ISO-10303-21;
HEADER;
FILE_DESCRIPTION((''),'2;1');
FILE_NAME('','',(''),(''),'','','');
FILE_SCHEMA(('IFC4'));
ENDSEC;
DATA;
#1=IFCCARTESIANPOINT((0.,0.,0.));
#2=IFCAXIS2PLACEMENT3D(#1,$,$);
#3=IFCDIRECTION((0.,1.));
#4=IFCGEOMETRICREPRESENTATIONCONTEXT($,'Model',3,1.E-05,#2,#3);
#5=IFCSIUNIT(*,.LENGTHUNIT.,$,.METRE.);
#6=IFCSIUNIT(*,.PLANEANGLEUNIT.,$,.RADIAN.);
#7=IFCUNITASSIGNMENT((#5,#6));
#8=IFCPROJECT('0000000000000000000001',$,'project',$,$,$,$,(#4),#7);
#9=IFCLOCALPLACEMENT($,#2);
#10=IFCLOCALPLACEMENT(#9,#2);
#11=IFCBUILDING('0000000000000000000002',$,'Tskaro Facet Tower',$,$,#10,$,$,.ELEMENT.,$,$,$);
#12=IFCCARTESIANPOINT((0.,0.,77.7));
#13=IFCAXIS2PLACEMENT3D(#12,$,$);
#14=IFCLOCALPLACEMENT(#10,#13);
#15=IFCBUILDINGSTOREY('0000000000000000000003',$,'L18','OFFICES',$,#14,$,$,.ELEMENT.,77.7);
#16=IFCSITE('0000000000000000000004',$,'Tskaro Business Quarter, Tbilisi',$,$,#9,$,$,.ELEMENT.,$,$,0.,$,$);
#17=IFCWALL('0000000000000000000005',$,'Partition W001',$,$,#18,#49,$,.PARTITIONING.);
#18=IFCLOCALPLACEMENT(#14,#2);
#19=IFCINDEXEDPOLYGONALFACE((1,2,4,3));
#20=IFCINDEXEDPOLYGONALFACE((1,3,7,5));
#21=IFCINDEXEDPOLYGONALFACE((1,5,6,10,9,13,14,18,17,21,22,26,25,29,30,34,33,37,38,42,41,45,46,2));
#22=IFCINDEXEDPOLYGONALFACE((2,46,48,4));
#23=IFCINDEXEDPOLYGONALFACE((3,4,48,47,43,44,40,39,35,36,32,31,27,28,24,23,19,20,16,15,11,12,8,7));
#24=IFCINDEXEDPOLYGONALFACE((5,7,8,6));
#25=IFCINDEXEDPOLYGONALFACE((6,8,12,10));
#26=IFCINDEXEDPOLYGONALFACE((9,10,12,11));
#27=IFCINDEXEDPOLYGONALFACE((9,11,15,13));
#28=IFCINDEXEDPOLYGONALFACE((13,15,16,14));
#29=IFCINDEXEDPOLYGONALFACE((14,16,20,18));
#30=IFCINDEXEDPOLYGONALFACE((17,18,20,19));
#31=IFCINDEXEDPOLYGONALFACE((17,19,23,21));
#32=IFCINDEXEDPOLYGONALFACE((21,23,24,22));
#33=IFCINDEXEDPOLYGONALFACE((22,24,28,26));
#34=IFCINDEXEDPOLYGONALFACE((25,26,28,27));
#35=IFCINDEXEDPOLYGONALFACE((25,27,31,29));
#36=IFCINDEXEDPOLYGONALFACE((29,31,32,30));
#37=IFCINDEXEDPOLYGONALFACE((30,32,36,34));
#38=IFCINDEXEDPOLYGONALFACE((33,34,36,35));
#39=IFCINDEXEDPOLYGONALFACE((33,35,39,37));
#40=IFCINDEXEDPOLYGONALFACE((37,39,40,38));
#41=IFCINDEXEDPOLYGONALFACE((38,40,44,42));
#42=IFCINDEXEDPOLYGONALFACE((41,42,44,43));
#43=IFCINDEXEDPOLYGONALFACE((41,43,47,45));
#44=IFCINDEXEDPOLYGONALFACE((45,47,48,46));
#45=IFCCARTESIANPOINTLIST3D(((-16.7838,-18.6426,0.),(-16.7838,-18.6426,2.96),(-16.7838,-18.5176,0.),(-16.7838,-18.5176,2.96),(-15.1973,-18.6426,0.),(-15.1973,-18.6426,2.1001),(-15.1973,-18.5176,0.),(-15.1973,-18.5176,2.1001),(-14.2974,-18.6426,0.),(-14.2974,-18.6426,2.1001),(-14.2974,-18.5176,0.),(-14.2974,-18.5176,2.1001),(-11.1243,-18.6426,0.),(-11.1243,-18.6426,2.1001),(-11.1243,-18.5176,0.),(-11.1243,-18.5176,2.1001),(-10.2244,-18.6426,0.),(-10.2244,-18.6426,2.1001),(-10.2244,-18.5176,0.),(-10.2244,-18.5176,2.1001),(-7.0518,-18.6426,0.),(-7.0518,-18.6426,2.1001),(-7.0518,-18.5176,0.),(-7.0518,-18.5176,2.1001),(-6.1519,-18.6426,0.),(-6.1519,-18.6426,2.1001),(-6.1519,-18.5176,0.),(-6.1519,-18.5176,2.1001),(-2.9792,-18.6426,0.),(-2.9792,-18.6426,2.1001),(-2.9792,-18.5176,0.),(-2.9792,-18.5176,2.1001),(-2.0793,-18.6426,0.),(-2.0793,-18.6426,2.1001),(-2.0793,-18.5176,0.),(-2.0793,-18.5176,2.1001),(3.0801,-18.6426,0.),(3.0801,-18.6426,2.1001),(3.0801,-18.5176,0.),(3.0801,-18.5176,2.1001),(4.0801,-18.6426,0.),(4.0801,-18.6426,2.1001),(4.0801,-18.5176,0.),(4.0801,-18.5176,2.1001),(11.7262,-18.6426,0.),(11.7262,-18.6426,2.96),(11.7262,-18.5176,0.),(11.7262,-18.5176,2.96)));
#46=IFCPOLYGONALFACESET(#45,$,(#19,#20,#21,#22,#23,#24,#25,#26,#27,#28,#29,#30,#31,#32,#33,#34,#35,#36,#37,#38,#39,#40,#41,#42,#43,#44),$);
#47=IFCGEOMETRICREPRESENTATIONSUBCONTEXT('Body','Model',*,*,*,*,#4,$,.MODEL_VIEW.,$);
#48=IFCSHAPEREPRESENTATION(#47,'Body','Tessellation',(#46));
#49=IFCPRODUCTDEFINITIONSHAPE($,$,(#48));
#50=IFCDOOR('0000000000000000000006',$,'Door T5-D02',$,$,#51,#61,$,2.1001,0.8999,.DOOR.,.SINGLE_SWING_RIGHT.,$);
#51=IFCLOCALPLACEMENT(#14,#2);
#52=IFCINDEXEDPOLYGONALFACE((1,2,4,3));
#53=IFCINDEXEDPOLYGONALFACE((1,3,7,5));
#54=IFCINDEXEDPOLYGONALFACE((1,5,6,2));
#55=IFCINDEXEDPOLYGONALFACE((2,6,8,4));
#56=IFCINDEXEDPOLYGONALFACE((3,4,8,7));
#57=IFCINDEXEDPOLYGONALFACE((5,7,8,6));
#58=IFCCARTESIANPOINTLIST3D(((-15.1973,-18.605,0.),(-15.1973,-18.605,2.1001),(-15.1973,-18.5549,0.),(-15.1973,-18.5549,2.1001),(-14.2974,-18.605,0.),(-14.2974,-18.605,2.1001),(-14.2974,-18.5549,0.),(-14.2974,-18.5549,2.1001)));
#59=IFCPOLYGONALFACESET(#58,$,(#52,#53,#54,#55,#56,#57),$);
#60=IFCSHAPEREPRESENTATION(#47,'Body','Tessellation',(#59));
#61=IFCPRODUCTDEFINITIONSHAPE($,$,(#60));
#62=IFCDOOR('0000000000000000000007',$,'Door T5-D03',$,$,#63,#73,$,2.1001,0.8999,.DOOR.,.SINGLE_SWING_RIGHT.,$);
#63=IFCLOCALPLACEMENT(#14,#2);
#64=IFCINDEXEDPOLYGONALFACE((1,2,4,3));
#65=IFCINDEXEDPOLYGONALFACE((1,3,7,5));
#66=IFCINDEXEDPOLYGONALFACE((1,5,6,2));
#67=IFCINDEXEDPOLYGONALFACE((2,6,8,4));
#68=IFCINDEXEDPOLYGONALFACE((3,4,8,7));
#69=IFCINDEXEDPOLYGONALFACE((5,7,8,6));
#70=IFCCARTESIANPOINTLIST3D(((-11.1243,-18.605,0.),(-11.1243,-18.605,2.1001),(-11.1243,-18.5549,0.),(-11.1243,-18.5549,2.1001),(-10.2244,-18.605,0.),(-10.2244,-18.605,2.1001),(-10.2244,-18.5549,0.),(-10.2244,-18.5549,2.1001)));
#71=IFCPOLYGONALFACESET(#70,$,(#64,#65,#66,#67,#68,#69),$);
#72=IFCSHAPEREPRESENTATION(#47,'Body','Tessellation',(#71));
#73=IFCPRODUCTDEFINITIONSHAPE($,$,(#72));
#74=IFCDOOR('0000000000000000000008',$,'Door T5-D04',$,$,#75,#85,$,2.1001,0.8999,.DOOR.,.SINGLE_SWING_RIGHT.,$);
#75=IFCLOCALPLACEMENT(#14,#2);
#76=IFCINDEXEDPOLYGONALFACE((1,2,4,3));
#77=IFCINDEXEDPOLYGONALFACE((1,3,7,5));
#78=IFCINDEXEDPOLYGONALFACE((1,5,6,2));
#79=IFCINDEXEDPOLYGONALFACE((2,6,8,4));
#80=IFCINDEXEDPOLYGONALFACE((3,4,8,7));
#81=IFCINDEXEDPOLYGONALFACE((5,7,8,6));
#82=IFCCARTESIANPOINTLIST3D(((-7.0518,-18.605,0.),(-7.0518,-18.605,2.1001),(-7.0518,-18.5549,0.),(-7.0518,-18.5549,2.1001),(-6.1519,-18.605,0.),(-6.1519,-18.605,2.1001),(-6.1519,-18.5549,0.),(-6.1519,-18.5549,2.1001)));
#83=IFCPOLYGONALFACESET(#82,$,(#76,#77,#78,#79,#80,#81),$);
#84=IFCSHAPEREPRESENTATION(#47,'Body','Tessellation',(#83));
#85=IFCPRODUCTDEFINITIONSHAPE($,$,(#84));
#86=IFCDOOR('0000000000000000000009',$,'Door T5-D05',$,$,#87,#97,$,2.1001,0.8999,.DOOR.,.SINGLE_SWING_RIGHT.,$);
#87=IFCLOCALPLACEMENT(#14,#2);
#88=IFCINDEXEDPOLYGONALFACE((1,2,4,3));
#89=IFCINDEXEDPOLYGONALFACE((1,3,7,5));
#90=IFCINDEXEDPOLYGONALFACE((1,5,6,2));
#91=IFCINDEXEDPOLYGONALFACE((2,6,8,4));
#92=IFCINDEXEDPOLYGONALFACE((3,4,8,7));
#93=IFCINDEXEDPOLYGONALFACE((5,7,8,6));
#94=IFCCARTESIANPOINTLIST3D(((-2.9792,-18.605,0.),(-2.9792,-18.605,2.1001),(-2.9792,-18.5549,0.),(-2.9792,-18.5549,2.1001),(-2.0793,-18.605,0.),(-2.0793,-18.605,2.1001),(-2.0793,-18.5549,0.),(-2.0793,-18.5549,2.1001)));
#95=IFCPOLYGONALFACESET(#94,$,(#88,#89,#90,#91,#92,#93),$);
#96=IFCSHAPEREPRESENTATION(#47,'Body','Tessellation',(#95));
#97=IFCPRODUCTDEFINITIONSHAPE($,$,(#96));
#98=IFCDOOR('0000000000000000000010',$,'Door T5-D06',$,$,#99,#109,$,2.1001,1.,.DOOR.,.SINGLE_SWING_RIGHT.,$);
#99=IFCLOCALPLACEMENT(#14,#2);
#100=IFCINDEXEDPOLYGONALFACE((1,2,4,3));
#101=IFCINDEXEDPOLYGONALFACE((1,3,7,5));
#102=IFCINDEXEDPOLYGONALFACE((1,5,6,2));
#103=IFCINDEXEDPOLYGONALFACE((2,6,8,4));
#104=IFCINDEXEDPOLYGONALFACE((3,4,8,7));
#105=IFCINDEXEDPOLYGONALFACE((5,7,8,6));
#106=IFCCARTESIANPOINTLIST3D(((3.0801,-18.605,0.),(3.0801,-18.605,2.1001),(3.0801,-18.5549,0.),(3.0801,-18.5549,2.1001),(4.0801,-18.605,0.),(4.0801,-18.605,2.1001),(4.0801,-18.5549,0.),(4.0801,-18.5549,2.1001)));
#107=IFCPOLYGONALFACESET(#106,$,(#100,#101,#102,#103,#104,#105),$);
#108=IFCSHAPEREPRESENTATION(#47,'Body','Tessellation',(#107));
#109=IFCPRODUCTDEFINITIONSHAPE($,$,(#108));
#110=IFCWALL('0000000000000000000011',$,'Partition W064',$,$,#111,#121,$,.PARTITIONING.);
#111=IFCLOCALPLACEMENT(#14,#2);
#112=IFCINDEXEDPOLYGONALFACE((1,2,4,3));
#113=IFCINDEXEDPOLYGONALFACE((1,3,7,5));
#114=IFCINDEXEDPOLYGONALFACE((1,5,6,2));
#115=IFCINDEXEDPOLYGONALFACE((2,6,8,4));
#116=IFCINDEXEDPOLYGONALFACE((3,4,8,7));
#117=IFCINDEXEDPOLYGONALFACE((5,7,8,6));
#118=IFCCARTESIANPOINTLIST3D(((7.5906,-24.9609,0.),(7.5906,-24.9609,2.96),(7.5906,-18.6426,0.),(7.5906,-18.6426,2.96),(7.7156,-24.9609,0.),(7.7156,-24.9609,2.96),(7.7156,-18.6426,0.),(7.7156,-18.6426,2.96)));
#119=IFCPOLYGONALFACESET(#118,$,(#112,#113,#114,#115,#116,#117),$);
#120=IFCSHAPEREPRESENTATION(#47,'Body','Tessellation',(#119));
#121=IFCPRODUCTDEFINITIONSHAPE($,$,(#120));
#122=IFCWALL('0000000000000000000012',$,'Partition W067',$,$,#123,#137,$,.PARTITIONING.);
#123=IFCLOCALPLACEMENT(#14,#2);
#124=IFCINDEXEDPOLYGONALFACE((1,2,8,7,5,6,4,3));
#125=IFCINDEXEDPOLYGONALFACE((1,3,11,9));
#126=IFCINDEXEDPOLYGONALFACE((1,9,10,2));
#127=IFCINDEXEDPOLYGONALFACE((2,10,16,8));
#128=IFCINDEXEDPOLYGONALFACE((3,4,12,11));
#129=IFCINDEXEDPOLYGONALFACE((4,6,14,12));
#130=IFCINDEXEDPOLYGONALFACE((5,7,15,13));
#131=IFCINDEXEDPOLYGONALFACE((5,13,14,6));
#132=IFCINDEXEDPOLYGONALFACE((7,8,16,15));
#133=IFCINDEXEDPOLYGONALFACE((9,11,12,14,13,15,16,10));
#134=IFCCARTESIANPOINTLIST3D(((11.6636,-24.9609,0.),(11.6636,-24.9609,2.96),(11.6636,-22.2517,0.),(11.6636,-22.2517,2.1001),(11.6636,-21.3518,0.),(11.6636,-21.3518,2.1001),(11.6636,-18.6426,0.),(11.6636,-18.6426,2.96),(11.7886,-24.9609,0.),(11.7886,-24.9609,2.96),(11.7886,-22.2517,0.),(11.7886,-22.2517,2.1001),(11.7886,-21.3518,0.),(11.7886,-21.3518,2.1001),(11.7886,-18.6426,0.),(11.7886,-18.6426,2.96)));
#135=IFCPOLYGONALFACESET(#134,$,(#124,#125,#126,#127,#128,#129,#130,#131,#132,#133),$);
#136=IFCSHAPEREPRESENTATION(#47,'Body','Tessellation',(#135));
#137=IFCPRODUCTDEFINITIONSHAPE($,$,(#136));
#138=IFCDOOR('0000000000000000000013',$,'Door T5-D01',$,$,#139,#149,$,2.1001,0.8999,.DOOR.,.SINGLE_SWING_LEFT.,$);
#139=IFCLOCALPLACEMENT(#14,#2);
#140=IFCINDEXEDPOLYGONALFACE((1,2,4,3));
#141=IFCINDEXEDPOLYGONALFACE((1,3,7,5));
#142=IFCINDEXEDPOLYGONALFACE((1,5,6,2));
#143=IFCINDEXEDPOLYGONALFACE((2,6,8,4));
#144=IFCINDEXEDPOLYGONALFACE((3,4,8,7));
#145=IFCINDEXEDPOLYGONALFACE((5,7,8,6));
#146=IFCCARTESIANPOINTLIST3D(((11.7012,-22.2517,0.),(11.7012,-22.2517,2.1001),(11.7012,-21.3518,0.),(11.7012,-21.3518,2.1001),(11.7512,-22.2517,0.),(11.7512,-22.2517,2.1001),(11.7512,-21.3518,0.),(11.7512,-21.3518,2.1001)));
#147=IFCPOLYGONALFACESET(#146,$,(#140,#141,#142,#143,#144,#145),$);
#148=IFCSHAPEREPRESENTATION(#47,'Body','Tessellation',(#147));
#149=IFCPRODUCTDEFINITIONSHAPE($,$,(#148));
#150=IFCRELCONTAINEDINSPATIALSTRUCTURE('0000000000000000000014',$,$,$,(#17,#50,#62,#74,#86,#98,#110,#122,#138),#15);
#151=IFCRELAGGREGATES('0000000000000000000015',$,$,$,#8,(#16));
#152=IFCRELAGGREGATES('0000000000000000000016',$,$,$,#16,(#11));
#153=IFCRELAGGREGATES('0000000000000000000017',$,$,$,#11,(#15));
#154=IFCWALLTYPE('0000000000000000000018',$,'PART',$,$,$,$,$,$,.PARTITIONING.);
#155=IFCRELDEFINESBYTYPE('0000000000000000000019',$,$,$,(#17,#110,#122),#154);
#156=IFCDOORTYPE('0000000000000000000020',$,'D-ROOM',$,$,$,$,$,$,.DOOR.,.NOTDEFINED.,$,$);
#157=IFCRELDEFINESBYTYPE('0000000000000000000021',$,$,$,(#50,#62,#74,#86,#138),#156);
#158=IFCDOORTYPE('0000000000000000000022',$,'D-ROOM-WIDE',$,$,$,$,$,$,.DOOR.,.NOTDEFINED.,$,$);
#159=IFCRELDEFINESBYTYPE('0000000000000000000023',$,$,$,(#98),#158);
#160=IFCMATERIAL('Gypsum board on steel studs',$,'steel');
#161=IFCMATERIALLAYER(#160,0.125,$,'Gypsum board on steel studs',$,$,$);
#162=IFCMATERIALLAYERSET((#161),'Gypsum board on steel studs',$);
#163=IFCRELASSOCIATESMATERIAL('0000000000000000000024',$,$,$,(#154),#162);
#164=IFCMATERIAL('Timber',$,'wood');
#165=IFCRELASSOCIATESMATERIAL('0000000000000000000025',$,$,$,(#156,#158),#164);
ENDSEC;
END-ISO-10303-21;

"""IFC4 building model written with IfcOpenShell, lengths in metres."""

from ifc_helpers import new_model, si_unit, direction, frame, frame_2d, origin, place, context, subcontext, project, spatial, rectangle, extrude, material, layer, layer_set, type_object, element, fill, save


model = new_model("IFC4")

# Units and contexts
model_context = context("Model", 3, precision=1e-05, world=origin(), true_north=direction((0.0, 1.0)))
body_context = subcontext(model_context, "Body", "Model", "MODEL_VIEW")
ifc_project = project(units=[si_unit("LENGTHUNIT", "METRE"), si_unit("PLANEANGLEUNIT", "RADIAN")], contexts=[model_context])

# Site, building, storey
site_placement = place(None, origin())
site = spatial("IfcSite", under=ifc_project, at=site_placement, Name="Tskaro Business Quarter, Tbilisi", CompositionType="ELEMENT", RefElevation=0.0)
building_placement = place(site_placement, origin())
building = spatial("IfcBuilding", under=site, at=building_placement, Name="Tskaro Facet Tower", CompositionType="ELEMENT")
storey_placement = place(building_placement, frame((0.0, 0.0, 77.7)))
storey = spatial("IfcBuildingStorey", under=building, at=storey_placement, Name="L18", Description="OFFICES", CompositionType="ELEMENT", Elevation=77.7)

# Wall, openings, doors
ifc_material_1 = material(Name="Gypsum board on steel studs", Category="steel")
ifc_layer_1 = layer(ifc_material_1, 0.125, Name="Gypsum board on steel studs")
ifc_layer_set_1 = layer_set([ifc_layer_1], Name="Gypsum board on steel studs")
wall_type = type_object("IfcWallType", Name="PART", PredefinedType="PARTITIONING", material=ifc_layer_set_1)
wall_1_placement = place(storey_placement, frame((11.7261, -18.5801, 0.0), z_axis=(0.0, 0.0, 1.0), x_axis=(-1.0, 0.0, 0.0)))
wall_1 = element("IfcWall", 1, at=wall_1_placement, inside=storey, type_object=wall_type, Name="Partition W001", PredefinedType="PARTITIONING", context=body_context, shape_type="SweptSolid", body=[
    extrude(rectangle(XDim=28.51, YDim=0.125, at=frame_2d((14.2549, 0.0))), origin(), (0.0, 0.0, 1.0), 2.96),
])
opening_1_placement = place(wall_1_placement, frame((7.646, 0.0, 0.0)))
opening_1 = element("IfcOpeningElement", 2, at=opening_1_placement, cuts=wall_1, PredefinedType="OPENING", context=body_context, shape_type="SweptSolid", body=[
    extrude(rectangle(XDim=1.0, YDim=2.1001, at=frame_2d((0.5, 1.05))), frame((0.0, 0.0725, 0.0), z_axis=(0.0, -1.0, 0.0), x_axis=(1.0, 0.0, 0.0)), (0.0, 0.0, 1.0), 0.145),
])
opening_2_placement = place(wall_1_placement, frame((26.0234, 0.0, 0.0)))
opening_2 = element("IfcOpeningElement", 3, at=opening_2_placement, cuts=wall_1, PredefinedType="OPENING", context=body_context, shape_type="SweptSolid", body=[
    extrude(rectangle(XDim=0.8999, YDim=2.1001, at=frame_2d((0.45, 1.05))), frame((0.0, 0.0725, 0.0), z_axis=(0.0, -1.0, 0.0), x_axis=(1.0, 0.0, 0.0)), (0.0, 0.0, 1.0), 0.145),
])
opening_3_placement = place(wall_1_placement, frame((21.9504, 0.0, 0.0)))
opening_3 = element("IfcOpeningElement", 4, at=opening_3_placement, cuts=wall_1, PredefinedType="OPENING", context=body_context, shape_type="SweptSolid", body=[
    extrude(rectangle(XDim=0.8999, YDim=2.1001, at=frame_2d((0.45, 1.05))), frame((0.0, 0.0725, 0.0), z_axis=(0.0, -1.0, 0.0), x_axis=(1.0, 0.0, 0.0)), (0.0, 0.0, 1.0), 0.145),
])
opening_4_placement = place(wall_1_placement, frame((17.8779, 0.0, 0.0)))
opening_4 = element("IfcOpeningElement", 5, at=opening_4_placement, cuts=wall_1, PredefinedType="OPENING", context=body_context, shape_type="SweptSolid", body=[
    extrude(rectangle(XDim=0.8999, YDim=2.1001, at=frame_2d((0.45, 1.05))), frame((0.0, 0.0725, 0.0), z_axis=(0.0, -1.0, 0.0), x_axis=(1.0, 0.0, 0.0)), (0.0, 0.0, 1.0), 0.145),
])
opening_5_placement = place(wall_1_placement, frame((13.8054, 0.0, 0.0)))
opening_5 = element("IfcOpeningElement", 6, at=opening_5_placement, cuts=wall_1, PredefinedType="OPENING", context=body_context, shape_type="SweptSolid", body=[
    extrude(rectangle(XDim=0.8999, YDim=2.1001, at=frame_2d((0.45, 1.05))), frame((0.0, 0.0725, 0.0), z_axis=(0.0, -1.0, 0.0), x_axis=(1.0, 0.0, 0.0)), (0.0, 0.0, 1.0), 0.145),
])
ifc_material_2 = material(Name="Timber", Category="wood")
door_type_1 = type_object("IfcDoorType", Name="D-ROOM", OperationType="NOTDEFINED", PredefinedType="DOOR", material=ifc_material_2)
door_1_placement = place(opening_2_placement, origin())
door_1 = element("IfcDoor", 7, at=door_1_placement, inside=storey, type_object=door_type_1, Name="Door T5-D02", OperationType="SINGLE_SWING_RIGHT", OverallHeight=2.1001, OverallWidth=0.8999, PredefinedType="DOOR", context=body_context, shape_type="SweptSolid", body=[
    extrude(rectangle(XDim=0.8999, YDim=2.1001, at=frame_2d((0.45, 1.05))), frame((0.0, 0.0249, 0.0), z_axis=(0.0, -1.0, 0.0), x_axis=(1.0, 0.0, 0.0)), (0.0, 0.0, 1.0), 0.05),
])
fill(opening_2, door_1)
door_2_placement = place(opening_3_placement, origin())
door_2 = element("IfcDoor", 8, at=door_2_placement, inside=storey, type_object=door_type_1, Name="Door T5-D03", OperationType="SINGLE_SWING_RIGHT", OverallHeight=2.1001, OverallWidth=0.8999, PredefinedType="DOOR", context=body_context, shape_type="SweptSolid", body=[
    extrude(rectangle(XDim=0.8999, YDim=2.1001, at=frame_2d((0.45, 1.05))), frame((0.0, 0.0249, 0.0), z_axis=(0.0, -1.0, 0.0), x_axis=(1.0, 0.0, 0.0)), (0.0, 0.0, 1.0), 0.05),
])
fill(opening_3, door_2)
door_3_placement = place(opening_4_placement, origin())
door_3 = element("IfcDoor", 9, at=door_3_placement, inside=storey, type_object=door_type_1, Name="Door T5-D04", OperationType="SINGLE_SWING_RIGHT", OverallHeight=2.1001, OverallWidth=0.8999, PredefinedType="DOOR", context=body_context, shape_type="SweptSolid", body=[
    extrude(rectangle(XDim=0.8999, YDim=2.1001, at=frame_2d((0.45, 1.05))), frame((0.0, 0.0249, 0.0), z_axis=(0.0, -1.0, 0.0), x_axis=(1.0, 0.0, 0.0)), (0.0, 0.0, 1.0), 0.05),
])
fill(opening_4, door_3)
door_4_placement = place(opening_5_placement, origin())
door_4 = element("IfcDoor", 10, at=door_4_placement, inside=storey, type_object=door_type_1, Name="Door T5-D05", OperationType="SINGLE_SWING_RIGHT", OverallHeight=2.1001, OverallWidth=0.8999, PredefinedType="DOOR", context=body_context, shape_type="SweptSolid", body=[
    extrude(rectangle(XDim=0.8999, YDim=2.1001, at=frame_2d((0.45, 1.05))), frame((0.0, 0.0249, 0.0), z_axis=(0.0, -1.0, 0.0), x_axis=(1.0, 0.0, 0.0)), (0.0, 0.0, 1.0), 0.05),
])
fill(opening_5, door_4)
door_type_2 = type_object("IfcDoorType", Name="D-ROOM-WIDE", OperationType="NOTDEFINED", PredefinedType="DOOR", material=ifc_material_2)
door_5_placement = place(opening_1_placement, origin())
door_5 = element("IfcDoor", 11, at=door_5_placement, inside=storey, type_object=door_type_2, Name="Door T5-D06", OperationType="SINGLE_SWING_RIGHT", OverallHeight=2.1001, OverallWidth=1.0, PredefinedType="DOOR", context=body_context, shape_type="SweptSolid", body=[
    extrude(rectangle(XDim=1.0, YDim=2.1001, at=frame_2d((0.5, 1.05))), frame((0.0, 0.0249, 0.0), z_axis=(0.0, -1.0, 0.0), x_axis=(1.0, 0.0, 0.0)), (0.0, 0.0, 1.0), 0.05),
])
fill(opening_1, door_5)

# Wall
wall_2_placement = place(storey_placement, frame((7.6531, -24.9609, 0.0), z_axis=(0.0, 0.0, 1.0), x_axis=(0.0, 1.0, 0.0)))
element("IfcWall", 12, at=wall_2_placement, inside=storey, type_object=wall_type, Name="Partition W064", PredefinedType="PARTITIONING", context=body_context, shape_type="SweptSolid", body=[
    extrude(rectangle(XDim=6.3184, YDim=0.125, at=frame_2d((3.1592, 0.0))), origin(), (0.0, 0.0, 1.0), 2.96),
])

# Wall, opening, door
wall_3_placement = place(storey_placement, frame((11.7261, -24.9609, 0.0), z_axis=(0.0, 0.0, 1.0), x_axis=(0.0, 1.0, 0.0)))
wall_3 = element("IfcWall", 13, at=wall_3_placement, inside=storey, type_object=wall_type, Name="Partition W067", PredefinedType="PARTITIONING", context=body_context, shape_type="SweptSolid", body=[
    extrude(rectangle(XDim=6.3184, YDim=0.125, at=frame_2d((3.1592, 0.0))), origin(), (0.0, 0.0, 1.0), 2.96),
])
opening_6_placement = place(wall_3_placement, frame((2.7092, 0.0, 0.0)))
opening_6 = element("IfcOpeningElement", 14, at=opening_6_placement, cuts=wall_3, PredefinedType="OPENING", context=body_context, shape_type="SweptSolid", body=[
    extrude(rectangle(XDim=0.8999, YDim=2.1001, at=frame_2d((0.45, 1.05))), frame((0.0, 0.0725, 0.0), z_axis=(0.0, -1.0, 0.0), x_axis=(1.0, 0.0, 0.0)), (0.0, 0.0, 1.0), 0.145),
])
door_6_placement = place(opening_6_placement, origin())
door_6 = element("IfcDoor", 15, at=door_6_placement, inside=storey, type_object=door_type_1, Name="Door T5-D01", OperationType="SINGLE_SWING_LEFT", OverallHeight=2.1001, OverallWidth=0.8999, PredefinedType="DOOR", context=body_context, shape_type="SweptSolid", body=[
    extrude(rectangle(XDim=0.8999, YDim=2.1001, at=frame_2d((0.45, 1.05))), frame((0.0, 0.0249, 0.0), z_axis=(0.0, -1.0, 0.0), x_axis=(1.0, 0.0, 0.0)), (0.0, 0.0, 1.0), 0.05),
])
fill(opening_6, door_6)

save(model, "model.ifc")
